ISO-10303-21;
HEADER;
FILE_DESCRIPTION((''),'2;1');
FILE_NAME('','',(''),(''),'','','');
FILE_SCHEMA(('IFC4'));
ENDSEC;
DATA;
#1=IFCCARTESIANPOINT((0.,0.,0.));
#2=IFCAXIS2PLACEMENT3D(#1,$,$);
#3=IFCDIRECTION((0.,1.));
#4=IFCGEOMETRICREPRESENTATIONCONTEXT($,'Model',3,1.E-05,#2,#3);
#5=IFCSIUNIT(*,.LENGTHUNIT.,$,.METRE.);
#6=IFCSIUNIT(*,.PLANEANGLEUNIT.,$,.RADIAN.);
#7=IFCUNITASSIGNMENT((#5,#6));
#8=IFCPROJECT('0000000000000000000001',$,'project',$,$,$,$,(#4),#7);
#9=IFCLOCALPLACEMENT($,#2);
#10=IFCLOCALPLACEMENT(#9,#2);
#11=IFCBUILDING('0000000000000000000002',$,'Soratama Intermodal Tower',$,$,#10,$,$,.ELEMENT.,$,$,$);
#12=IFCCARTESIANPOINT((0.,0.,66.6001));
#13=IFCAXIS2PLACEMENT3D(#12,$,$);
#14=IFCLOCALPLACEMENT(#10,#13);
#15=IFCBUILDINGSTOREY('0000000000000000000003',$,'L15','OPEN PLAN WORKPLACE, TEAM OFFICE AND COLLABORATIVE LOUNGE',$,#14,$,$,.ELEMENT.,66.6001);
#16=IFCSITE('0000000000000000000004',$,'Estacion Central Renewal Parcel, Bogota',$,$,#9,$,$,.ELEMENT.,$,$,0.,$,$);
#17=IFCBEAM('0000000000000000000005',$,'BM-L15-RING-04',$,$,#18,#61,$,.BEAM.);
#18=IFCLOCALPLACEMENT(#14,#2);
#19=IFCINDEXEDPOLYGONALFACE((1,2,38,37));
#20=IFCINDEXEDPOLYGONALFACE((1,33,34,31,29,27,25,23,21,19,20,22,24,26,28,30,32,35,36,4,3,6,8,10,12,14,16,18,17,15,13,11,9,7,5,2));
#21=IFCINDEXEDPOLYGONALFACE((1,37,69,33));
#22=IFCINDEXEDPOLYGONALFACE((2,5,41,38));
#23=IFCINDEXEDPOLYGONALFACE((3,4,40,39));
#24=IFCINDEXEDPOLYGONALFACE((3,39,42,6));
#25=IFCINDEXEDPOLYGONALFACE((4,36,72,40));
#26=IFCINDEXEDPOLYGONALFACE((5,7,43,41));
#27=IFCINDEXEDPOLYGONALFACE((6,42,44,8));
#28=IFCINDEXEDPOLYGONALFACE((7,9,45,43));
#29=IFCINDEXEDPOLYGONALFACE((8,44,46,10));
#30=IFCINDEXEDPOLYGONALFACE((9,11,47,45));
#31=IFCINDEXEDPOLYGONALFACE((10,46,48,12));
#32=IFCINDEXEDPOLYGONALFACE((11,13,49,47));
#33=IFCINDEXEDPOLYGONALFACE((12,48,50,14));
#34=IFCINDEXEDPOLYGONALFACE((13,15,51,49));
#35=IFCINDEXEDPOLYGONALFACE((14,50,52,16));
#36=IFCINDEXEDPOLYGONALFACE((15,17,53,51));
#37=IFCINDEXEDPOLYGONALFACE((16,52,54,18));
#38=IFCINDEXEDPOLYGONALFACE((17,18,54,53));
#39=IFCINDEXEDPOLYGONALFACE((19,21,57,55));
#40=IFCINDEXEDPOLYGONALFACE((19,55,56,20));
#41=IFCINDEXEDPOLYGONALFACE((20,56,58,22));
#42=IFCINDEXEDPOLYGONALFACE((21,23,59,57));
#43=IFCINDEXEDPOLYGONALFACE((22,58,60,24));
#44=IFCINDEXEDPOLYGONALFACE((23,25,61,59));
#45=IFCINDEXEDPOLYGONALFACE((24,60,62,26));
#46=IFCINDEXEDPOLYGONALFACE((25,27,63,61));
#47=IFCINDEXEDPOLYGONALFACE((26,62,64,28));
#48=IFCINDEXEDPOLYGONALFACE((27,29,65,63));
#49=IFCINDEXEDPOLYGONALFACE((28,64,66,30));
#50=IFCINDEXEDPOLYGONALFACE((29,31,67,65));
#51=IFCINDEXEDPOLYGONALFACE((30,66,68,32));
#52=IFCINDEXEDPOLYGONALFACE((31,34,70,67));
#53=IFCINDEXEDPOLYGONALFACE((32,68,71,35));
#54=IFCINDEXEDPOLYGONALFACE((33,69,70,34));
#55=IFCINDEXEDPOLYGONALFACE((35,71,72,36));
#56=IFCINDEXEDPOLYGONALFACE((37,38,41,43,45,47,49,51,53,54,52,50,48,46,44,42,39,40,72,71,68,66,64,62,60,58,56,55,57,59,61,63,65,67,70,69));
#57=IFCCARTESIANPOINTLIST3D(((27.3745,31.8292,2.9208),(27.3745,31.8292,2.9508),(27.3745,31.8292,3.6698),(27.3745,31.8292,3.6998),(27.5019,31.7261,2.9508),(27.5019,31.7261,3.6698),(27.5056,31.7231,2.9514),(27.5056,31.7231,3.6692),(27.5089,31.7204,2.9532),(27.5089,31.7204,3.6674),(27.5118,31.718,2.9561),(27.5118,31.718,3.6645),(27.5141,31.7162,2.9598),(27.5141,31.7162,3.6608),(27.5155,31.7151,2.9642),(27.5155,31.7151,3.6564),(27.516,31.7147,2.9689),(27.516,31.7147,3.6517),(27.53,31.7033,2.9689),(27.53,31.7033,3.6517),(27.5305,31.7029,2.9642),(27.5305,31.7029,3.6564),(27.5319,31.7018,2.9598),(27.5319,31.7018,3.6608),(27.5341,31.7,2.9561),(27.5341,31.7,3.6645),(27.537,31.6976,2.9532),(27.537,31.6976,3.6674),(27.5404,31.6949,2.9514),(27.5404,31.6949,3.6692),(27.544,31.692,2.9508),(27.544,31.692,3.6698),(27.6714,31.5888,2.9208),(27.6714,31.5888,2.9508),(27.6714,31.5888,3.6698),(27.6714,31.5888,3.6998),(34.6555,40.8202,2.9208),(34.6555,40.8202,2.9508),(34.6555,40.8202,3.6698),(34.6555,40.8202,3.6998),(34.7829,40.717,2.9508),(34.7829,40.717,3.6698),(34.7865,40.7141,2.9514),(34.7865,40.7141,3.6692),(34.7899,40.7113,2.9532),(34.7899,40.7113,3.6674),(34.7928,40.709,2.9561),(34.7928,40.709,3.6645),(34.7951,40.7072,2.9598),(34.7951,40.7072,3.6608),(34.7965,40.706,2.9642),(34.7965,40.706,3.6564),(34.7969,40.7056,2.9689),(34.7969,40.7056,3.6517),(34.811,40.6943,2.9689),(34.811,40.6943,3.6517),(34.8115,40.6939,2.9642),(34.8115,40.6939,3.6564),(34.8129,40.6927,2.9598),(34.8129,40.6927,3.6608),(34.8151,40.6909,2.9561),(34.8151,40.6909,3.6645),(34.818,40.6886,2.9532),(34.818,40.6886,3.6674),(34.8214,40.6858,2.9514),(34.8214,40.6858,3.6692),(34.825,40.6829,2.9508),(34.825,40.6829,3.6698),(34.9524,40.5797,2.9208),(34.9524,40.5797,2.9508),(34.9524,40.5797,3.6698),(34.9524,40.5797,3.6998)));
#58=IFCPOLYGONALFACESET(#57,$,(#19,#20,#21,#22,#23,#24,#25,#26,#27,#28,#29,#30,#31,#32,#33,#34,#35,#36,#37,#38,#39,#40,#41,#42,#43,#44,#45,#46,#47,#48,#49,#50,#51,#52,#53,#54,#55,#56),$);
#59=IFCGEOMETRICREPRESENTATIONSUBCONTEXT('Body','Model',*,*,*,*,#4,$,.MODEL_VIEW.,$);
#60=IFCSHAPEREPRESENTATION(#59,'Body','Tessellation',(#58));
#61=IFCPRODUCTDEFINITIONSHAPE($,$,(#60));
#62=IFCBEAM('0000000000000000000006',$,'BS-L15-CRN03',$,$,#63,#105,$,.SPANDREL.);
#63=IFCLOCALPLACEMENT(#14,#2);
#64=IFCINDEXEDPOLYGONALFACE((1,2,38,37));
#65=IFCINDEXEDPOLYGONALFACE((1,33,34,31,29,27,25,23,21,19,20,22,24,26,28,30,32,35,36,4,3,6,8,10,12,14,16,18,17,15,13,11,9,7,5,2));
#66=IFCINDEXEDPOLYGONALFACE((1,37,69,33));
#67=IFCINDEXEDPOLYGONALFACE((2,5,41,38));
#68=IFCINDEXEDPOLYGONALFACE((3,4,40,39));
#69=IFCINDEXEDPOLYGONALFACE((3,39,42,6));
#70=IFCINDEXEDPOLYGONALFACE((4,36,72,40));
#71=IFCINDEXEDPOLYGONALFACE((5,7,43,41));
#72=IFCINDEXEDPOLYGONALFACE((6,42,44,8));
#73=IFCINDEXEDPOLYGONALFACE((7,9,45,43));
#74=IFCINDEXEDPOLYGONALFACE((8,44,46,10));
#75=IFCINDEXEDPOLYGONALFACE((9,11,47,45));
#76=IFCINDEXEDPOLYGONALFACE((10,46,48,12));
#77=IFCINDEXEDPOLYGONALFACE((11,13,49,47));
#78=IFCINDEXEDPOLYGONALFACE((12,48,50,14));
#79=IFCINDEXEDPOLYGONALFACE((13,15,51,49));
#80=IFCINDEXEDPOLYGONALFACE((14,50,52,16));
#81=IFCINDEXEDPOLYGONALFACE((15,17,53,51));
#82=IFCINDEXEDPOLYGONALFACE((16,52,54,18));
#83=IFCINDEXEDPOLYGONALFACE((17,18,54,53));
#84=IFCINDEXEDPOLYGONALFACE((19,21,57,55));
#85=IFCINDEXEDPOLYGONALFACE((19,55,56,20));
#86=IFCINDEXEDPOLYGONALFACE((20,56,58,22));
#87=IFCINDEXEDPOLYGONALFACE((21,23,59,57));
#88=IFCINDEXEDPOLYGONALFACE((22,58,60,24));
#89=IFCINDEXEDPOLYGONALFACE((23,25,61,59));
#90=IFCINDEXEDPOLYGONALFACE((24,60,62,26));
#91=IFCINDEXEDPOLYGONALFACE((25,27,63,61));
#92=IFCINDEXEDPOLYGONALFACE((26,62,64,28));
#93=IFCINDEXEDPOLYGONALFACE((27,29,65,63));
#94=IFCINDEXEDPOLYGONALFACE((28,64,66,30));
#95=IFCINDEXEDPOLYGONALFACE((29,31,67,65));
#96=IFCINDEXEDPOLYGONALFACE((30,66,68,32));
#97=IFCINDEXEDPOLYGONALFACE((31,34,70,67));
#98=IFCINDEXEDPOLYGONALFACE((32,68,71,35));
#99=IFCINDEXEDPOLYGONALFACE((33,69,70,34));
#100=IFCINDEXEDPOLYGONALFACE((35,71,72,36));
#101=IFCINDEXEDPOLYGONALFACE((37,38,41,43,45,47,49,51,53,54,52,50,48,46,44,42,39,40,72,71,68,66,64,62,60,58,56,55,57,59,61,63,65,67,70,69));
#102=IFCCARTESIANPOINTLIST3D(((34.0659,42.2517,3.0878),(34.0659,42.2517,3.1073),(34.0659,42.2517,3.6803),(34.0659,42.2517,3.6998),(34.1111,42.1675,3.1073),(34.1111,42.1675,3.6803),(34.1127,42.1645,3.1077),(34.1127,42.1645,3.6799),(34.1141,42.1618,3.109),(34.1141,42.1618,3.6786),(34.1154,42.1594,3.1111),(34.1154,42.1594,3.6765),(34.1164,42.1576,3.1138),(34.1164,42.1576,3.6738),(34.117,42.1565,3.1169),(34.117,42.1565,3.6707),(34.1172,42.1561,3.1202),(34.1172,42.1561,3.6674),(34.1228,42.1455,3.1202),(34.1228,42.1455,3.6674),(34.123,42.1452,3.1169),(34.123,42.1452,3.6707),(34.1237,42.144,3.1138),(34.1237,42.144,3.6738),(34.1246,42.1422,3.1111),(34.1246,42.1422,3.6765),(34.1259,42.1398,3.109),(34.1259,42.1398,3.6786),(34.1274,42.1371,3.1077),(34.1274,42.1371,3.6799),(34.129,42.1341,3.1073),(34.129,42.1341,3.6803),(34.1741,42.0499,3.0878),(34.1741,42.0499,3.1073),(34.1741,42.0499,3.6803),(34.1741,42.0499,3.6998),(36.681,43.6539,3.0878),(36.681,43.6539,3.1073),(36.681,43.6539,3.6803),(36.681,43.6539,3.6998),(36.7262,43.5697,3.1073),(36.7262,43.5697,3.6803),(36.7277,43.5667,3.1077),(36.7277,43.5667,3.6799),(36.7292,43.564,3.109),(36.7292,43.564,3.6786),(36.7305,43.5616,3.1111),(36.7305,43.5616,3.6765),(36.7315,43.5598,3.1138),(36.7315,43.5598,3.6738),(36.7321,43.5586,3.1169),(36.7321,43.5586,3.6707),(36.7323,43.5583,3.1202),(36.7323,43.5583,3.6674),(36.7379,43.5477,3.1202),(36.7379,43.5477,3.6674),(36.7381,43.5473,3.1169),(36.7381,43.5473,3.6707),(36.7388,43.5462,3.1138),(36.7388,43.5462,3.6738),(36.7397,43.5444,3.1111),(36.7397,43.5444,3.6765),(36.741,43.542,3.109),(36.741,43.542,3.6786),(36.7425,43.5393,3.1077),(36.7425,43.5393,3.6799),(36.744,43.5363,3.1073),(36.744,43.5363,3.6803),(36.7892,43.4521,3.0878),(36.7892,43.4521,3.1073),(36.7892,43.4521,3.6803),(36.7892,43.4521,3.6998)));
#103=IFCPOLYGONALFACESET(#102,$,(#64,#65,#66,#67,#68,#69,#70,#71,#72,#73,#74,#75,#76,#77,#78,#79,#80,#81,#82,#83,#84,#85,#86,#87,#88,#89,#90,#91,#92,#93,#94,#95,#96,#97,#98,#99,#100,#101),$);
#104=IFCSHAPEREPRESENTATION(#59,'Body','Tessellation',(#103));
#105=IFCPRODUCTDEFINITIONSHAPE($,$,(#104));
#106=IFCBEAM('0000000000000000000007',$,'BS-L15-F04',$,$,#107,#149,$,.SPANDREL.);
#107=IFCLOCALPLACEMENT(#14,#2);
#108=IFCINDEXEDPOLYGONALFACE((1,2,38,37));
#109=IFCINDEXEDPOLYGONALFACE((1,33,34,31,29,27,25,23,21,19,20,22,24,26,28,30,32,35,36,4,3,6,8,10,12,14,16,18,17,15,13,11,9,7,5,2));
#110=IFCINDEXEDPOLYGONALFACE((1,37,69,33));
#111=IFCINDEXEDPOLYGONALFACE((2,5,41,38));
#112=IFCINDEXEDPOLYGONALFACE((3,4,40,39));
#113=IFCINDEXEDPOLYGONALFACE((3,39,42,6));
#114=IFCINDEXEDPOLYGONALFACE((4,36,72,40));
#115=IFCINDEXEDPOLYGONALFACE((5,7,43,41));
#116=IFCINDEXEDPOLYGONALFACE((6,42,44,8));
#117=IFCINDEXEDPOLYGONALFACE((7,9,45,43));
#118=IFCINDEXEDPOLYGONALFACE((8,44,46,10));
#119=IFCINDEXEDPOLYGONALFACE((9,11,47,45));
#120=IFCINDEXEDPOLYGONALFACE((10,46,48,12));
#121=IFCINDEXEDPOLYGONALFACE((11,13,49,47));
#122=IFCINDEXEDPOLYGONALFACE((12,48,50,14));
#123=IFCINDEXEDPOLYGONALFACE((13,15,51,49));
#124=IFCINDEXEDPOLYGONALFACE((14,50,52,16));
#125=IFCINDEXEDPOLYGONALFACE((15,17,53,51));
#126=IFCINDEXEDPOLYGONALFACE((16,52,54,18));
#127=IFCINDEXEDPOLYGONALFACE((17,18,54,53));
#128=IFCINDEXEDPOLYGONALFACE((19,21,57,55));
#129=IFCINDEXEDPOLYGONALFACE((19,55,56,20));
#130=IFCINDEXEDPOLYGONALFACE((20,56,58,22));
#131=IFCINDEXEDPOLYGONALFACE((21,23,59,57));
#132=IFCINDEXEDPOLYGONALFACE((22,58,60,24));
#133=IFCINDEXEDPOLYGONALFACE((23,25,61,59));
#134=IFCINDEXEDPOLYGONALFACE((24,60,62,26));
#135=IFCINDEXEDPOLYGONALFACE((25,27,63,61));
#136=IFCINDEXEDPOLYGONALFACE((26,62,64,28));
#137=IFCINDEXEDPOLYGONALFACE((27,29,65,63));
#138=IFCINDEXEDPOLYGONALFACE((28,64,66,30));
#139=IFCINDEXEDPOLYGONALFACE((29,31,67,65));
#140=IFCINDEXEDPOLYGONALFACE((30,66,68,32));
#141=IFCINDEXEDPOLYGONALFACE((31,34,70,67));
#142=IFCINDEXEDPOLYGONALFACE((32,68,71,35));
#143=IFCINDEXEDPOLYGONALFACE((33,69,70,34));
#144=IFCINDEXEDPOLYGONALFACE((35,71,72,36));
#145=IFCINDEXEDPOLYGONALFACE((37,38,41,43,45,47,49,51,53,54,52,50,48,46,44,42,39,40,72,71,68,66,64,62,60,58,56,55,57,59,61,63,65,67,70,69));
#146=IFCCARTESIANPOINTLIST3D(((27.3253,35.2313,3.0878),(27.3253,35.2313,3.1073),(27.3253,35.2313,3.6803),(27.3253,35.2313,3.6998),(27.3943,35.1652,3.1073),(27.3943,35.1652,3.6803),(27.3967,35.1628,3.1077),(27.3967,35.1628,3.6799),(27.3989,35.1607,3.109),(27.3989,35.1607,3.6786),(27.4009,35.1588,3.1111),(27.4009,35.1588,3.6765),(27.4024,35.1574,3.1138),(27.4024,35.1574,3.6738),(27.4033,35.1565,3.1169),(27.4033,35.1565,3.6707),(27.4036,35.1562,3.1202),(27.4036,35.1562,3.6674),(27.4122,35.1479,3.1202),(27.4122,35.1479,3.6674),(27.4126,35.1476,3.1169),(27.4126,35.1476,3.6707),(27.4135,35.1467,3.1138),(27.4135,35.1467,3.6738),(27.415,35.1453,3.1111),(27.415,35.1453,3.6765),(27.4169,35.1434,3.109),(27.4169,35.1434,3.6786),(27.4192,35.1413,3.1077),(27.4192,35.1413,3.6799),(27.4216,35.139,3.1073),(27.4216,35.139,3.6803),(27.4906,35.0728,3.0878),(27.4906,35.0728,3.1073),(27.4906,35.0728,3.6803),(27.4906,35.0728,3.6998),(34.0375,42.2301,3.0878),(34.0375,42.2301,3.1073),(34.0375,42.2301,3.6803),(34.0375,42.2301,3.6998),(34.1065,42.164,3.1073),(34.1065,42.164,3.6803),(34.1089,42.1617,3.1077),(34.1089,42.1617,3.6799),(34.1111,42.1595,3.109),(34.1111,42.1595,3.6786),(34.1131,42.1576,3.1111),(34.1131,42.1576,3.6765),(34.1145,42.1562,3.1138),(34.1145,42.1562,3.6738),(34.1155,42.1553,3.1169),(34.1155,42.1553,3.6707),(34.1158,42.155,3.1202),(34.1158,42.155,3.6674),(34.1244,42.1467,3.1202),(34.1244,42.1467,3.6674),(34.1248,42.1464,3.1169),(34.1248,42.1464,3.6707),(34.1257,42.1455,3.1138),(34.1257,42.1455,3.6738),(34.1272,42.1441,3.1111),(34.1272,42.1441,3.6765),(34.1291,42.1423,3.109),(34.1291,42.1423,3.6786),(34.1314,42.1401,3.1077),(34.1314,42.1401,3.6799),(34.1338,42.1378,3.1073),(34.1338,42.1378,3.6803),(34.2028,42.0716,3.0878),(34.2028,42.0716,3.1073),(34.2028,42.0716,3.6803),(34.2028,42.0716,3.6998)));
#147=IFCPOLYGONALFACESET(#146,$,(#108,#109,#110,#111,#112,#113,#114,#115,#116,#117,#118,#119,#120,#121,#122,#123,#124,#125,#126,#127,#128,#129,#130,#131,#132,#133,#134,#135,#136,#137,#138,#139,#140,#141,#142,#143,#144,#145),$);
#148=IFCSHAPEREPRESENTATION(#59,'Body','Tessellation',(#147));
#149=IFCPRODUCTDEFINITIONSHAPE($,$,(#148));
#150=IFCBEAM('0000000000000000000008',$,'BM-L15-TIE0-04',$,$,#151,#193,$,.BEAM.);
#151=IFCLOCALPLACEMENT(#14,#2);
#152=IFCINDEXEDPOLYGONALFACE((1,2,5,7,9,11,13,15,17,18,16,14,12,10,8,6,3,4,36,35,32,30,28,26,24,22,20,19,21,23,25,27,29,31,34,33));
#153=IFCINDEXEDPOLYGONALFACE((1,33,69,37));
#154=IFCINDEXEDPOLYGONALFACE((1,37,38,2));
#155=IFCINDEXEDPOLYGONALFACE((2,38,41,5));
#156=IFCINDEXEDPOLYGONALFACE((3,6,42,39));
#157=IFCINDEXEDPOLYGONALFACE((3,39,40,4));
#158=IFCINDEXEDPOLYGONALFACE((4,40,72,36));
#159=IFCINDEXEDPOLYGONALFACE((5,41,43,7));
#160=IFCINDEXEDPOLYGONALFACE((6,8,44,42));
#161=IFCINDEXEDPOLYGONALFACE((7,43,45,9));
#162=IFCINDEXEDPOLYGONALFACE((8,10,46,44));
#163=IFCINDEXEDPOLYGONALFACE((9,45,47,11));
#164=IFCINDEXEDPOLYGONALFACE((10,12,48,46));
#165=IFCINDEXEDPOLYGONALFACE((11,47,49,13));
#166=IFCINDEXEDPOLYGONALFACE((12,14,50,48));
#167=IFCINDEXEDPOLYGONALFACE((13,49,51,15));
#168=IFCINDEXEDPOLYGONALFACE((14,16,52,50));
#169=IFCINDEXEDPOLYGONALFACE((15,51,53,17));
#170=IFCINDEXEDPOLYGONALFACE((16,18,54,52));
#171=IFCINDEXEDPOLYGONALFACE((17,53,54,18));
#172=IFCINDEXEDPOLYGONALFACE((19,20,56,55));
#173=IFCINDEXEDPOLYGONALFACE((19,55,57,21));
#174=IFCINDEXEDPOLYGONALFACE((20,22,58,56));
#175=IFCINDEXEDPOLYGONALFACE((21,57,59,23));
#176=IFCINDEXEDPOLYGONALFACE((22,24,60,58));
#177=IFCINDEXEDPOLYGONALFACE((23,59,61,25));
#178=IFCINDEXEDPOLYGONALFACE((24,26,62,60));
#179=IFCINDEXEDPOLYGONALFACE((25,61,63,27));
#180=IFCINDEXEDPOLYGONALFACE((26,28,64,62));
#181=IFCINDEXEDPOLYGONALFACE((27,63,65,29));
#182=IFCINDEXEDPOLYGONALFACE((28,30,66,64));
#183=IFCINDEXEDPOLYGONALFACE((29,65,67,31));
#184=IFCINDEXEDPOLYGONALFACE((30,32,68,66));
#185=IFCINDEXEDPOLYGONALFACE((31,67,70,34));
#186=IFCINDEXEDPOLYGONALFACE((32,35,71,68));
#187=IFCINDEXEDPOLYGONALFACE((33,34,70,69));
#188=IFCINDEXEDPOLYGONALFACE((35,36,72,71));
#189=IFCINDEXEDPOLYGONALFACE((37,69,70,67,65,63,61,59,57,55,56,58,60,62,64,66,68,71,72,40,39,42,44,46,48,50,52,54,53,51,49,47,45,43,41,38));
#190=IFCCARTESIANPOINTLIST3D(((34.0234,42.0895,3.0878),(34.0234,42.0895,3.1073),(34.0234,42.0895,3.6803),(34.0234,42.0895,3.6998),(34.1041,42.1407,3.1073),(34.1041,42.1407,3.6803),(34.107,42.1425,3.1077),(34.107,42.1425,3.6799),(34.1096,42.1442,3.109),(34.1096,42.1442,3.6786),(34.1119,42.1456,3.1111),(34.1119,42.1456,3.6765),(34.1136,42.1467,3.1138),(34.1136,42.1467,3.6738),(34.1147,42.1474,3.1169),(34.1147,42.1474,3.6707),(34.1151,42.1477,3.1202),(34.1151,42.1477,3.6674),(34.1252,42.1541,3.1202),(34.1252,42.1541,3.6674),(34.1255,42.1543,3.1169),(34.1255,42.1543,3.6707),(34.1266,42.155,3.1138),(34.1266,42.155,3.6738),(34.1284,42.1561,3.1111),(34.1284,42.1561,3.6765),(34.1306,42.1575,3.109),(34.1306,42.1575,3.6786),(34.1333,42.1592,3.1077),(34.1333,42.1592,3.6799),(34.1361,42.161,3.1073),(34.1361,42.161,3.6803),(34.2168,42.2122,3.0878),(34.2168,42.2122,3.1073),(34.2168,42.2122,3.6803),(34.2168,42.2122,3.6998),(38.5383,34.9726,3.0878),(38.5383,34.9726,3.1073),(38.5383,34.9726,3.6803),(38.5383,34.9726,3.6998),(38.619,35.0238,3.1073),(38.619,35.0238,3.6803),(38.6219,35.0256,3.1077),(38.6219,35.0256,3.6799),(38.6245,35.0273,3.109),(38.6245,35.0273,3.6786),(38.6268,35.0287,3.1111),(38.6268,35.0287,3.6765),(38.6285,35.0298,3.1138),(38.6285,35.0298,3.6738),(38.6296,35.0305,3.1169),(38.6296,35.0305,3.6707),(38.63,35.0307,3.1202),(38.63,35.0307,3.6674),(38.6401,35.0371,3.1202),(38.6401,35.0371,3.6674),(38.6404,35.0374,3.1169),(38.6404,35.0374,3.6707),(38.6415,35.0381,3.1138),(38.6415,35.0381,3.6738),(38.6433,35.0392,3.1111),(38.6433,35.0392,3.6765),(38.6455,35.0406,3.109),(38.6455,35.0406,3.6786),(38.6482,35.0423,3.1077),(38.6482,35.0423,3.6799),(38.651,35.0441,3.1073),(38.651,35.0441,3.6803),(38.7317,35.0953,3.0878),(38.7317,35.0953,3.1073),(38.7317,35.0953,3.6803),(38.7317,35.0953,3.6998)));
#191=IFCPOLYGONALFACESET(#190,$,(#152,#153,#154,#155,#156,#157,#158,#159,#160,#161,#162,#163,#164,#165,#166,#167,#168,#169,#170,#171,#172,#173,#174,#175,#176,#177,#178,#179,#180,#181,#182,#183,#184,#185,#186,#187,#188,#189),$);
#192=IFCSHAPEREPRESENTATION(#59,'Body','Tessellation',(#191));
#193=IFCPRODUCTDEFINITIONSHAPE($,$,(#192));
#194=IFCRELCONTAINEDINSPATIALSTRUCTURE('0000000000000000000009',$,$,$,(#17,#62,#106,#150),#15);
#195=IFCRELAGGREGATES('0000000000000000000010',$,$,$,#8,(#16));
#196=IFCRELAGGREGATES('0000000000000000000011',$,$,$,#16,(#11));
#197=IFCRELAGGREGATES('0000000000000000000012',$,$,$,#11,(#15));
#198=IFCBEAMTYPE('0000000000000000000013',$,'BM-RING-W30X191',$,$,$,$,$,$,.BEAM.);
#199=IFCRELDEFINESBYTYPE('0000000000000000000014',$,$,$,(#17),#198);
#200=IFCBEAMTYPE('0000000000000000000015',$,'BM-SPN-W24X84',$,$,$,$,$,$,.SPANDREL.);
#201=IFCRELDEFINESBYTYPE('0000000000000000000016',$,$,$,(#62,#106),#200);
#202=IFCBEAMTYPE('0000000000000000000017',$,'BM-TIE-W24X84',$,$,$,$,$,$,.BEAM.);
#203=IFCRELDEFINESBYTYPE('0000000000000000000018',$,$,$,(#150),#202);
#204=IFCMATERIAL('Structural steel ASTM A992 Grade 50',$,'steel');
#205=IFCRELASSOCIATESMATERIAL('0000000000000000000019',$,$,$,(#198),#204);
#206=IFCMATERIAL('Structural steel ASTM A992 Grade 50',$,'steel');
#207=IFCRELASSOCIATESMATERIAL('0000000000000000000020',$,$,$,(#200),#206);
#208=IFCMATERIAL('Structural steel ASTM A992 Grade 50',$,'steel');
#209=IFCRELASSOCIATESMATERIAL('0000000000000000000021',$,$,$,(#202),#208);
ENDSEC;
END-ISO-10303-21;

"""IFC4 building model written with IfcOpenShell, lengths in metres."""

from ifc_helpers import new_model, si_unit, direction, frame, origin, origin_2d, place, context, subcontext, project, spatial, i_section, extrude, material, material_profile, profile_set, type_object, element, save


model = new_model("IFC4")

# Units and contexts
model_context = context("Model", 3, precision=1e-05, world=origin(), true_north=direction((0.0, 1.0)))
body_context = subcontext(model_context, "Body", "Model", "MODEL_VIEW")
ifc_project = project(units=[si_unit("LENGTHUNIT", "METRE"), si_unit("PLANEANGLEUNIT", "RADIAN")], contexts=[model_context])

# Site, building, storey
site_placement = place(None, origin())
site = spatial("IfcSite", under=ifc_project, at=site_placement, Name="Estacion Central Renewal Parcel, Bogota", CompositionType="ELEMENT", RefElevation=0.0)
building_placement = place(site_placement, origin())
building = spatial("IfcBuilding", under=site, at=building_placement, Name="Soratama Intermodal Tower", CompositionType="ELEMENT")
storey_placement = place(building_placement, frame((0.0, 0.0, 66.6001)))
storey = spatial("IfcBuildingStorey", under=building, at=storey_placement, Name="L15", Description="OPEN PLAN WORKPLACE, TEAM OFFICE AND COLLABORATIVE LOUNGE", CompositionType="ELEMENT", Elevation=66.6001)

# Beams
ifc_material_1 = material(Name="Structural steel ASTM A992 Grade 50", Category="steel")
ifc_material_profile_1 = material_profile(ifc_material_1, i_section(OverallWidth=0.3821, OverallDepth=0.7791, WebThickness=0.0181, FlangeThickness=0.03, FilletRadius=0.0181, at=origin_2d()), Name="W30X191")
ifc_profile_set_1 = profile_set([ifc_material_profile_1], Name="Structural steel ASTM A992 Grade 50")
beam_type_1 = type_object("IfcBeamType", Name="BM-RING-W30X191", PredefinedType="BEAM", material=ifc_profile_set_1)
beam_1_placement = place(storey_placement, frame((34.804, 40.7, 3.3103), z_axis=(-0.629334, -0.777135, 0.0), x_axis=(0.777135, -0.629334, 0.0)))
element("IfcBeam", 1, at=beam_1_placement, inside=storey, type_object=beam_type_1, Name="BM-L15-RING-04", PredefinedType="BEAM", context=body_context, shape_type="SweptSolid", body=[
    extrude(i_section(OverallWidth=0.3821, OverallDepth=0.7791, WebThickness=0.0181, FlangeThickness=0.03, FilletRadius=0.0181, at=origin_2d()), origin(), (0.0, 0.0, 1.0), 11.5693),
])
ifc_material_2 = material(Name="Structural steel ASTM A992 Grade 50", Category="steel")
ifc_material_profile_2 = material_profile(ifc_material_2, i_section(OverallWidth=0.229, OverallDepth=0.6121, WebThickness=0.012, FlangeThickness=0.0195, FilletRadius=0.0129, at=origin_2d()), Name="W24X84")
ifc_profile_set_2 = profile_set([ifc_material_profile_2], Name="Structural steel ASTM A992 Grade 50")
beam_type_2 = type_object("IfcBeamType", Name="BM-SPN-W24X84", PredefinedType="SPANDREL", material=ifc_profile_set_2)
beam_2_placement = place(storey_placement, frame((36.7351, 43.553, 3.3938), z_axis=(-0.88131, -0.472539, 0.0), x_axis=(0.472539, -0.88131, 0.0)))
element("IfcBeam", 2, at=beam_2_placement, inside=storey, type_object=beam_type_2, Name="BS-L15-CRN03", PredefinedType="SPANDREL", context=body_context, shape_type="SweptSolid", body=[
    extrude(i_section(OverallWidth=0.229, OverallDepth=0.6121, WebThickness=0.012, FlangeThickness=0.0195, FilletRadius=0.0129, at=origin_2d()), origin(), (0.0, 0.0, 1.0), 2.9673),
])
beam_3_placement = place(storey_placement, frame((34.1201, 42.1509, 3.3938), z_axis=(-0.692174, -0.721731, 0.0), x_axis=(0.721731, -0.692174, 0.0)))
element("IfcBeam", 3, at=beam_3_placement, inside=storey, type_object=beam_type_2, Name="BS-L15-F04", PredefinedType="SPANDREL", context=body_context, shape_type="SweptSolid", body=[
    extrude(i_section(OverallWidth=0.229, OverallDepth=0.6121, WebThickness=0.012, FlangeThickness=0.0195, FilletRadius=0.0129, at=origin_2d()), origin(), (0.0, 0.0, 1.0), 9.6973),
])
ifc_material_3 = material(Name="Structural steel ASTM A992 Grade 50", Category="steel")
ifc_material_profile_3 = material_profile(ifc_material_3, i_section(OverallWidth=0.229, OverallDepth=0.6121, WebThickness=0.012, FlangeThickness=0.0195, FilletRadius=0.0129, at=origin_2d()), Name="W24X84")
ifc_profile_set_3 = profile_set([ifc_material_profile_3], Name="Structural steel ASTM A992 Grade 50")
beam_type_3 = type_object("IfcBeamType", Name="BM-TIE-W24X84", PredefinedType="BEAM", material=ifc_profile_set_3)
beam_4_placement = place(storey_placement, frame((38.635, 35.0339, 3.3938), z_axis=(-0.535687, 0.844417, 0.0), x_axis=(-0.844417, -0.535687, 0.0)))
element("IfcBeam", 4, at=beam_4_placement, inside=storey, type_object=beam_type_3, Name="BM-L15-TIE0-04", PredefinedType="BEAM", context=body_context, shape_type="SweptSolid", body=[
    extrude(i_section(OverallWidth=0.229, OverallDepth=0.6121, WebThickness=0.012, FlangeThickness=0.0195, FilletRadius=0.0129, at=origin_2d()), origin(), (0.0, 0.0, 1.0), 8.4282),
])

save(model, "model.ifc")
